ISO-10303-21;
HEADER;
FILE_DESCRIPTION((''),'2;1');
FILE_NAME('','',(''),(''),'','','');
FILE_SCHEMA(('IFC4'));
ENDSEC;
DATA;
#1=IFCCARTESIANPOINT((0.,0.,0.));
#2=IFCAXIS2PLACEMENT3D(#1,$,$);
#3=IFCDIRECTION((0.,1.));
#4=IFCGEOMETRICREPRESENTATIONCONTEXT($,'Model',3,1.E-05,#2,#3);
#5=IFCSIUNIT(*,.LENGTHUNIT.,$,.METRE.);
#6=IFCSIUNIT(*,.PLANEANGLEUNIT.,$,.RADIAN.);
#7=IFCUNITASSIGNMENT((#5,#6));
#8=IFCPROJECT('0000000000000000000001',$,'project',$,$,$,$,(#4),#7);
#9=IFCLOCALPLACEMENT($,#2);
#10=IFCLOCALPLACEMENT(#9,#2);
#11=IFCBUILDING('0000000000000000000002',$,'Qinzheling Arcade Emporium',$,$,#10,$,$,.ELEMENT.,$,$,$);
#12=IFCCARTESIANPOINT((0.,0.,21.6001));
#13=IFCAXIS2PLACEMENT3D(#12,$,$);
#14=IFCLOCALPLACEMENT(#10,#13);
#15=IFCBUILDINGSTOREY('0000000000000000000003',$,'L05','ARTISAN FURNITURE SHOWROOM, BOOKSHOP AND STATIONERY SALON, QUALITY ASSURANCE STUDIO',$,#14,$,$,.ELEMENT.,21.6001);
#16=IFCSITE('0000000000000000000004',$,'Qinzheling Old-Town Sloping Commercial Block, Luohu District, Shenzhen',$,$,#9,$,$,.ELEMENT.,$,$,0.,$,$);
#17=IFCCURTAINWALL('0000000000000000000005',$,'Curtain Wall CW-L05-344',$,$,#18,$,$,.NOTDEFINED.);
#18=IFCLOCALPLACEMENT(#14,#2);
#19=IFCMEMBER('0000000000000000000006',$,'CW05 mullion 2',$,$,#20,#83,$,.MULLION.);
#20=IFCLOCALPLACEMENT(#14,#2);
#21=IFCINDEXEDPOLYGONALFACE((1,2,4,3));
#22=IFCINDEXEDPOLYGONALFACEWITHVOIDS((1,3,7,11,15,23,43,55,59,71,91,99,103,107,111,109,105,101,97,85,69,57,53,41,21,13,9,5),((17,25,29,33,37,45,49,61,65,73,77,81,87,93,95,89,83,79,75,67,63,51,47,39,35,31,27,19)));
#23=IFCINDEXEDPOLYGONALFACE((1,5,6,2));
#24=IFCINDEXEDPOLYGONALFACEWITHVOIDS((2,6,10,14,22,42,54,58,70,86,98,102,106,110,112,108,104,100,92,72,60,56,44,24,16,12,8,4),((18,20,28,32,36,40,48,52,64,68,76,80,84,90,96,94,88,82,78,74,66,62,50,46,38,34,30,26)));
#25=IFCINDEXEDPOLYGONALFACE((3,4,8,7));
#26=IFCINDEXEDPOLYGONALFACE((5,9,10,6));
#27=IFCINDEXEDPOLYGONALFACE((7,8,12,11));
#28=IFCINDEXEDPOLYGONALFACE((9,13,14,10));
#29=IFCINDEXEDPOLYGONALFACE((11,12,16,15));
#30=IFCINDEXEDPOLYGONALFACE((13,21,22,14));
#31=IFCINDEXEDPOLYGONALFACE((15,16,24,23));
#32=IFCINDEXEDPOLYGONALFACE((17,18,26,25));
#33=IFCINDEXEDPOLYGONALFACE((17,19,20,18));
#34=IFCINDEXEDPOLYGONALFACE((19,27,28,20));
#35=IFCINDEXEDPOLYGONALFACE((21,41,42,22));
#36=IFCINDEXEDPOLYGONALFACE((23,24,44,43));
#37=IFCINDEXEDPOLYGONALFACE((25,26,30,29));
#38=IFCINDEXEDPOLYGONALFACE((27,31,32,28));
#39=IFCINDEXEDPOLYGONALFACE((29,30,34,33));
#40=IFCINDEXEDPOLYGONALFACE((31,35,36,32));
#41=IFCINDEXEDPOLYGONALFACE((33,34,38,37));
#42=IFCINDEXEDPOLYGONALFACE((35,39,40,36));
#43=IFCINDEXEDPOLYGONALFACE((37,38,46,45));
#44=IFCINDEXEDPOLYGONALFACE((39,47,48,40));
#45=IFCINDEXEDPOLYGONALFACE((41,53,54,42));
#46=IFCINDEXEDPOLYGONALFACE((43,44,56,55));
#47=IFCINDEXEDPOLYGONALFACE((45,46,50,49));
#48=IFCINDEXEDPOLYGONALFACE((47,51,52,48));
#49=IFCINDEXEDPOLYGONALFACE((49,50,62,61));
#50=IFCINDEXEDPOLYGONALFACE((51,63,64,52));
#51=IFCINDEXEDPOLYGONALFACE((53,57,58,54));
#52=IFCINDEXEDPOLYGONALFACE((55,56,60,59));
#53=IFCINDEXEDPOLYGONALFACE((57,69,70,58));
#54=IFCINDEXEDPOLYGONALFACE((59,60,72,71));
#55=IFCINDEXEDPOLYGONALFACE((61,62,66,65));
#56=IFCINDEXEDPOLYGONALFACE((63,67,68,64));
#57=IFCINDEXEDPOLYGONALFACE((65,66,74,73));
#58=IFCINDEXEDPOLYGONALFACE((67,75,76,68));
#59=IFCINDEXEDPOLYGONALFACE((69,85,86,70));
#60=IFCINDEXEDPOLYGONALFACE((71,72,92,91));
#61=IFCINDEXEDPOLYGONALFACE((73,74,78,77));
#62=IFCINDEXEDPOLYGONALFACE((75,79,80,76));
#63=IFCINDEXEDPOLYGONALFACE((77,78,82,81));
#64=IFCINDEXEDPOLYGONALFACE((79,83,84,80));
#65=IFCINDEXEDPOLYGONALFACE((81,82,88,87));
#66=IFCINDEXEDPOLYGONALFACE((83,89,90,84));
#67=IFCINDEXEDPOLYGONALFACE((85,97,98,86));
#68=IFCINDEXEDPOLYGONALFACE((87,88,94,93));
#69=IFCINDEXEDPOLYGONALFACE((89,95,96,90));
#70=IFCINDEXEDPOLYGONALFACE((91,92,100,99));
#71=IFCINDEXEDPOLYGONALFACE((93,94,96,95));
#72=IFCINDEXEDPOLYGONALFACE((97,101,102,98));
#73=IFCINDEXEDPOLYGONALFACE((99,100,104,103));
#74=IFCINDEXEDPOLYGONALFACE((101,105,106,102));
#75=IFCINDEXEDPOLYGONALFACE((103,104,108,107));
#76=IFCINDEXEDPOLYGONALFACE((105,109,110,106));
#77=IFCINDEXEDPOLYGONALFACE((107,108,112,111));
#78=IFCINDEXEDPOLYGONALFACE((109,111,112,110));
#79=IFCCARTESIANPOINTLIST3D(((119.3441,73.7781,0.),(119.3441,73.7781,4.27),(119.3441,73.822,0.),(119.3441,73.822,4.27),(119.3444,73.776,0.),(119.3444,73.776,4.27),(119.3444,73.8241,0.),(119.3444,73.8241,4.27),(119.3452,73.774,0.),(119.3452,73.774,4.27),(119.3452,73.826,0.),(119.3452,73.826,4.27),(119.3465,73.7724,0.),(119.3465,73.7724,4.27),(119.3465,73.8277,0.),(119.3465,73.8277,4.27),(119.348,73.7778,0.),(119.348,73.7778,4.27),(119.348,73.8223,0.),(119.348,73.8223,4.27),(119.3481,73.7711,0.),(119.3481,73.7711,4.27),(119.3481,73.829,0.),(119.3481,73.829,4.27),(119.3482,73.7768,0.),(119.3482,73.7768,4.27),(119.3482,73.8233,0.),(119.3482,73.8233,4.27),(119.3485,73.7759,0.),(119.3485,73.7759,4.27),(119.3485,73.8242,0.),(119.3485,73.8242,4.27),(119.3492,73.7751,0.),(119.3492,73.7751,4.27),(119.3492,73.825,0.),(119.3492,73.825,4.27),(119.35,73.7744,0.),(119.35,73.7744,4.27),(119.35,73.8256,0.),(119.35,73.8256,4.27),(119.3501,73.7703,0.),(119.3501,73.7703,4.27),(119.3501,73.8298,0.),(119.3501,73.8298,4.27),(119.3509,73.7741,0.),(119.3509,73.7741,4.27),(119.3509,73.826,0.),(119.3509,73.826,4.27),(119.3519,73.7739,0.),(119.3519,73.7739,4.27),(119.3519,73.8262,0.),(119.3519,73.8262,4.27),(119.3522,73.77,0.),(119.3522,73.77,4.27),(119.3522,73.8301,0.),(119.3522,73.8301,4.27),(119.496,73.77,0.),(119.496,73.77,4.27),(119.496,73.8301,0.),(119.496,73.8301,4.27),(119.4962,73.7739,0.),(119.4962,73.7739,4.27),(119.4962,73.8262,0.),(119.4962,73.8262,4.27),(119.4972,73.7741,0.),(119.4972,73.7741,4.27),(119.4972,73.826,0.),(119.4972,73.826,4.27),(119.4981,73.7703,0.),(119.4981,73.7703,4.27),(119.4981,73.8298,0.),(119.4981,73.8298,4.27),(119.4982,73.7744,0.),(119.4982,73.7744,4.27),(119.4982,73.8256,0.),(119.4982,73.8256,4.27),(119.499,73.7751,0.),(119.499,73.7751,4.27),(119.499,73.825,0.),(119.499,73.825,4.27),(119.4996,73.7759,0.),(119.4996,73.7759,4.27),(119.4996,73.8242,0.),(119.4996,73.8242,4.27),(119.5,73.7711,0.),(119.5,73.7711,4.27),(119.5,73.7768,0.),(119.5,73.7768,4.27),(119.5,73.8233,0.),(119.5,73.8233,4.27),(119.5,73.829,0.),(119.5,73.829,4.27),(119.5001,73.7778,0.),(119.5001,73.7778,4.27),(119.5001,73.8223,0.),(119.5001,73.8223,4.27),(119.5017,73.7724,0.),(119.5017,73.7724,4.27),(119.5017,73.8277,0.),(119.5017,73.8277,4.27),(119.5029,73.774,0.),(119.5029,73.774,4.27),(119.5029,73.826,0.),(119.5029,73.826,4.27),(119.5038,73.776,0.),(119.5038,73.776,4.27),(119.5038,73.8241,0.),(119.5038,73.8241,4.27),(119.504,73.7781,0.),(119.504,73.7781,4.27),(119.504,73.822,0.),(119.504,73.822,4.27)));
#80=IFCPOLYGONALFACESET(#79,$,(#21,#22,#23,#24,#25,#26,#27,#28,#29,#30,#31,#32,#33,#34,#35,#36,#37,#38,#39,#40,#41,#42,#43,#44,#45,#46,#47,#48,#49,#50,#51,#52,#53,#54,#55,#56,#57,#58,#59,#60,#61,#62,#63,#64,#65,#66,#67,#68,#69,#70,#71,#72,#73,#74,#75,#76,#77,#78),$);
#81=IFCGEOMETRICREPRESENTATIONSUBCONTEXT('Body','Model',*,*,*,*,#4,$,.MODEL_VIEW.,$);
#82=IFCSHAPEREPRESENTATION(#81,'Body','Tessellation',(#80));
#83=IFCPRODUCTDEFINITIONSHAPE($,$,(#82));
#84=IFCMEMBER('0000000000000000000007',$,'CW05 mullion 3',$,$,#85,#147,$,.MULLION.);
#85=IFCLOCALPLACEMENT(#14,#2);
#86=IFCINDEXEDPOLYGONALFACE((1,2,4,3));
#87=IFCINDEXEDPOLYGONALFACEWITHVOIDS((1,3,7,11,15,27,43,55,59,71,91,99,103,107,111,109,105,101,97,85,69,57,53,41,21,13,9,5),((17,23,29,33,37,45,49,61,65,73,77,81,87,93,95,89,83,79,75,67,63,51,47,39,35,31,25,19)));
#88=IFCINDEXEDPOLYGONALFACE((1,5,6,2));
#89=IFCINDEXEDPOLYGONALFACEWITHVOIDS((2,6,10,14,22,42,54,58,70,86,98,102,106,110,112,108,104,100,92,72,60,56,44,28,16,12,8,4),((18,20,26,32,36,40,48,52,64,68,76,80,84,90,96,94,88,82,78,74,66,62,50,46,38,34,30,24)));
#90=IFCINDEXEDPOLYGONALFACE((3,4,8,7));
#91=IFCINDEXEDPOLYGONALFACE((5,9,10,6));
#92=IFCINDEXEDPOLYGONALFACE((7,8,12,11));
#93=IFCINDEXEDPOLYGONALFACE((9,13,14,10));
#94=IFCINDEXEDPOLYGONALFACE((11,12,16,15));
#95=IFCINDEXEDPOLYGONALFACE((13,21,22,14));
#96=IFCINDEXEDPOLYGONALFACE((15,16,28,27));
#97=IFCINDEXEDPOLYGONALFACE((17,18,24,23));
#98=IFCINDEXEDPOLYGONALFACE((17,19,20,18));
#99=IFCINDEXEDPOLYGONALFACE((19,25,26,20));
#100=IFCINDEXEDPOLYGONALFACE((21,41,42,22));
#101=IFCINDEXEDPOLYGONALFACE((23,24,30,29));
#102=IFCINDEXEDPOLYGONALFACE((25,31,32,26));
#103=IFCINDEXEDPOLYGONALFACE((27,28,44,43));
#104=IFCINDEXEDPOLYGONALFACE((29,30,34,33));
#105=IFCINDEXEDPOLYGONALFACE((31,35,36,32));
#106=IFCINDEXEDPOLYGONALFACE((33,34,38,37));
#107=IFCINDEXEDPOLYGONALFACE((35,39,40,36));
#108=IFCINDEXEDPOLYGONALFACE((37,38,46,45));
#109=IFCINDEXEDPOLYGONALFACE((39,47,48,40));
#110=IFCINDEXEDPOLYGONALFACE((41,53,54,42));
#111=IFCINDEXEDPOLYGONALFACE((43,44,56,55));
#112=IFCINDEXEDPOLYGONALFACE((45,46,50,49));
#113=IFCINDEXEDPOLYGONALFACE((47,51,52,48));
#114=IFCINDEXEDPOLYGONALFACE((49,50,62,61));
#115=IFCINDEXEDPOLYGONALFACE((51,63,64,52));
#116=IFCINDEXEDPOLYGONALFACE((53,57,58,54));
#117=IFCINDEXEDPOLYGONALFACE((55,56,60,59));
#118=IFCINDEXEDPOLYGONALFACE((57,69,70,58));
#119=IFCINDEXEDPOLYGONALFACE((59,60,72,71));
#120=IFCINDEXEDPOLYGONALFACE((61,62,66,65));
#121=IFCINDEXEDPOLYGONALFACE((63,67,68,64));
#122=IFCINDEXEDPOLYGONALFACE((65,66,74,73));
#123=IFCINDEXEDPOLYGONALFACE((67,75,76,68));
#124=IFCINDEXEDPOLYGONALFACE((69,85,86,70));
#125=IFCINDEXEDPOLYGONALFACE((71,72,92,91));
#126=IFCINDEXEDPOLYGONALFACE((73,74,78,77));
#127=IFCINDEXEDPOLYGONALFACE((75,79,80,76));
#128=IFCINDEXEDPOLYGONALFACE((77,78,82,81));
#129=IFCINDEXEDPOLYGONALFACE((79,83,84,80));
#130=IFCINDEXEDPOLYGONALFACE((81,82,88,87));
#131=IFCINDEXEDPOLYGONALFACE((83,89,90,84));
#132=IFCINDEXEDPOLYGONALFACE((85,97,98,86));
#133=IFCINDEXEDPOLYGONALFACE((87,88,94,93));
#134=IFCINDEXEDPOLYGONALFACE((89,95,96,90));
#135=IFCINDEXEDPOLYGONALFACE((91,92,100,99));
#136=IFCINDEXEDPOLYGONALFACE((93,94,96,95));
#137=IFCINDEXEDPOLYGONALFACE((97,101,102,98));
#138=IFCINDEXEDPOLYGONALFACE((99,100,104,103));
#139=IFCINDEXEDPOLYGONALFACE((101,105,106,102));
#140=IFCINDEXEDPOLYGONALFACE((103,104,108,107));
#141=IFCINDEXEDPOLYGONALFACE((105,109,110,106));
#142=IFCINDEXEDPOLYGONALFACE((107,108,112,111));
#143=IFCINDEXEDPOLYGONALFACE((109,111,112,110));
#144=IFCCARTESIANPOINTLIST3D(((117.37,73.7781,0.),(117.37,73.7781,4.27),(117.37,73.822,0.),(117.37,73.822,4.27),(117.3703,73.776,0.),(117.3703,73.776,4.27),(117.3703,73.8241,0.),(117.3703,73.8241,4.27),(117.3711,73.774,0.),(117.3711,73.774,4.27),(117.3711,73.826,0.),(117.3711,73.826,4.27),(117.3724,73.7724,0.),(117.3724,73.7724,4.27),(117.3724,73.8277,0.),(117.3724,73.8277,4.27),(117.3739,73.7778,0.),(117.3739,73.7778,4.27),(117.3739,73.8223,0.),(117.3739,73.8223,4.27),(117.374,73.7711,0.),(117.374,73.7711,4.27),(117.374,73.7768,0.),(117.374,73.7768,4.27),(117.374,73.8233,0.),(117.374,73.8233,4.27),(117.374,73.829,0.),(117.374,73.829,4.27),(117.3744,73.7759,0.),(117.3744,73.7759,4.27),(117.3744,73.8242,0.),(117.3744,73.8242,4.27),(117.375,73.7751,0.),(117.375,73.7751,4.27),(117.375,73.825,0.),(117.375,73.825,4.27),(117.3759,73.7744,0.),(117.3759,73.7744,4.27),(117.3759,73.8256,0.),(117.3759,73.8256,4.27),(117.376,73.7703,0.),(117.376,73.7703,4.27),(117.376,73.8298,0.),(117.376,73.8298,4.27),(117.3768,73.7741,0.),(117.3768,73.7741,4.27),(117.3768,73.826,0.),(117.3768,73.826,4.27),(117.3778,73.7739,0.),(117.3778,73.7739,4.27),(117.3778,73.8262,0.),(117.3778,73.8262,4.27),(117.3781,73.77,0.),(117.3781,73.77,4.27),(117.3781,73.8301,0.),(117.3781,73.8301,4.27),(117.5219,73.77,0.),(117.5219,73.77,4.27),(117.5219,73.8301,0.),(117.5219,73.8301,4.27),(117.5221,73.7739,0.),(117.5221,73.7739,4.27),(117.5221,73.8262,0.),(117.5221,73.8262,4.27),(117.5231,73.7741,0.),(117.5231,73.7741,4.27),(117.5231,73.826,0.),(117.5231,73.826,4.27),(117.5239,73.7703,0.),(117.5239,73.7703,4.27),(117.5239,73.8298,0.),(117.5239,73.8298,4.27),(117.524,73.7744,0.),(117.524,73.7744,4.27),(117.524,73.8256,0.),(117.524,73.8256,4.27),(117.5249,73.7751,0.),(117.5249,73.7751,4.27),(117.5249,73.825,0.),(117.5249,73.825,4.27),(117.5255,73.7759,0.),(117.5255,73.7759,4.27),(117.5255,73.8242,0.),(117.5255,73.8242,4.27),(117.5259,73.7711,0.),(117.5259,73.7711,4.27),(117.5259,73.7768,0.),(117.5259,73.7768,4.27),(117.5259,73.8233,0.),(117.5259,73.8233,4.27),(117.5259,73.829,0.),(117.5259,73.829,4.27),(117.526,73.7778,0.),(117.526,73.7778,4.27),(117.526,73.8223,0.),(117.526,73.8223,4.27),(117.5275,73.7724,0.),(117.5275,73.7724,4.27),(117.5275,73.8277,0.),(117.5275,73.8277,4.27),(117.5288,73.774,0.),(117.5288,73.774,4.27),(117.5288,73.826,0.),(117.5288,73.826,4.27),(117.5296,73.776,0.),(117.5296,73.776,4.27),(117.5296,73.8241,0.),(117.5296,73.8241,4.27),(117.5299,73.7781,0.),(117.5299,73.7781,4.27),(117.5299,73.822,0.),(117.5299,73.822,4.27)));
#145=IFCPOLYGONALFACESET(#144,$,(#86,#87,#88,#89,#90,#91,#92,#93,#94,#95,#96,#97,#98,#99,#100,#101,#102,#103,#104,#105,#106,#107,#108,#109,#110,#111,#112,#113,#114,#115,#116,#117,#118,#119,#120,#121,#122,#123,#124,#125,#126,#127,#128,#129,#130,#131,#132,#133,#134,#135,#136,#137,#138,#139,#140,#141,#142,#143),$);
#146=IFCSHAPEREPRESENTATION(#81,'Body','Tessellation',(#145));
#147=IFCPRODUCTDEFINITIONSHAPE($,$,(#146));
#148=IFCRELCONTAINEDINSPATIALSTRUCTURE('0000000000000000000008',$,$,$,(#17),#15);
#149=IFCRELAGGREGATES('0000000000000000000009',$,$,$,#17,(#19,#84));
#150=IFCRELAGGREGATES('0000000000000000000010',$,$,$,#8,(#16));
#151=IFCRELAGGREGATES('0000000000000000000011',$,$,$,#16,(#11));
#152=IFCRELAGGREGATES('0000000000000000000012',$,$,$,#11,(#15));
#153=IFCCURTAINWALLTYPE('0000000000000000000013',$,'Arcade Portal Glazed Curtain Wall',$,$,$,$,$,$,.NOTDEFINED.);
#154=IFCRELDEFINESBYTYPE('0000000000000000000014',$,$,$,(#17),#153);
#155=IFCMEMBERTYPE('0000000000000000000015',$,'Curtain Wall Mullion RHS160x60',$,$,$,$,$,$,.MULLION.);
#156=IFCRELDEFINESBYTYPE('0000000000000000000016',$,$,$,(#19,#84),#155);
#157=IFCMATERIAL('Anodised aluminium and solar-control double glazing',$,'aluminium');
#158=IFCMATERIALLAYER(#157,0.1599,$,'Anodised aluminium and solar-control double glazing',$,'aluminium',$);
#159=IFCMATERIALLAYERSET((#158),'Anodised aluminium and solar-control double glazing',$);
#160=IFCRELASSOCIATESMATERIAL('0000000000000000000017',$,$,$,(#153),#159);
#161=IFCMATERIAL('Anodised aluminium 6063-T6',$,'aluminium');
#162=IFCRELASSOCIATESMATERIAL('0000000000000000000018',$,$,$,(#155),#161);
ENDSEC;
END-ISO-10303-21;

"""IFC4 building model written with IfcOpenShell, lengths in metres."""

from ifc_helpers import new_model, si_unit, direction, frame, origin, origin_2d, place, context, subcontext, project, spatial, hollow_rectangle, extrude, material, layer, layer_set, material_profile, profile_set, type_object, element, aggregate, save


model = new_model("IFC4")

# Units and contexts
model_context = context("Model", 3, precision=1e-05, world=origin(), true_north=direction((0.0, 1.0)))
body_context = subcontext(model_context, "Body", "Model", "MODEL_VIEW")
ifc_project = project(units=[si_unit("LENGTHUNIT", "METRE"), si_unit("PLANEANGLEUNIT", "RADIAN")], contexts=[model_context])

# Site, building, storey
site_placement = place(None, origin())
site = spatial("IfcSite", under=ifc_project, at=site_placement, Name="Qinzheling Old-Town Sloping Commercial Block, Luohu District, Shenzhen", CompositionType="ELEMENT", RefElevation=0.0)
building_placement = place(site_placement, origin())
building = spatial("IfcBuilding", under=site, at=building_placement, Name="Qinzheling Arcade Emporium", CompositionType="ELEMENT")
storey_placement = place(building_placement, frame((0.0, 0.0, 21.6001)))
storey = spatial("IfcBuildingStorey", under=building, at=storey_placement, Name="L05", Description="ARTISAN FURNITURE SHOWROOM, BOOKSHOP AND STATIONERY SALON, QUALITY ASSURANCE STUDIO", CompositionType="ELEMENT", Elevation=21.6001)

# Curtain wall, members
ifc_material_1 = material(Name="Anodised aluminium and solar-control double glazing", Category="aluminium")
ifc_layer_1 = layer(ifc_material_1, 0.1599, Name="Anodised aluminium and solar-control double glazing", Category="aluminium")
ifc_layer_set_1 = layer_set([ifc_layer_1], Name="Anodised aluminium and solar-control double glazing")
curtain_wall_type = type_object("IfcCurtainWallType", Name="Arcade Portal Glazed Curtain Wall", PredefinedType="NOTDEFINED", material=ifc_layer_set_1)
curtain_wall_placement = place(storey_placement, origin())
curtain_wall = element("IfcCurtainWall", 1, at=curtain_wall_placement, inside=storey, type_object=curtain_wall_type, Name="Curtain Wall CW-L05-344", PredefinedType="NOTDEFINED")
ifc_material_2 = material(Name="Anodised aluminium 6063-T6", Category="aluminium")
ifc_material_profile_1 = material_profile(ifc_material_2, hollow_rectangle(XDim=0.0601, YDim=0.1599, WallThickness=0.0039, InnerFilletRadius=0.0039, OuterFilletRadius=0.0081, at=origin_2d()), Name="RHS 160x60x4", Category="aluminium")
ifc_profile_set_1 = profile_set([ifc_material_profile_1], Name="Anodised aluminium 6063-T6")
member_type_1 = type_object("IfcMemberType", Name="Curtain Wall Mullion RHS160x60", PredefinedType="MULLION", material=ifc_profile_set_1)
member_1_placement = place(storey_placement, frame((119.4241, 73.8, 0.0), z_axis=(0.0, 0.0, 1.0), x_axis=(0.0, -1.0, 0.0)))
member_1 = element("IfcMember", 2, at=member_1_placement, type_object=member_type_1, Name="CW05 mullion 2", PredefinedType="MULLION", context=body_context, shape_type="SweptSolid", body=[
    extrude(hollow_rectangle(XDim=0.0601, YDim=0.1599, WallThickness=0.0039, InnerFilletRadius=0.0039, OuterFilletRadius=0.0081, at=origin_2d()), origin(), (0.0, 0.0, 1.0), 4.27),
])
member_2_placement = place(storey_placement, frame((117.45, 73.8, 0.0), z_axis=(0.0, 0.0, 1.0), x_axis=(0.0, -1.0, 0.0)))
member_2 = element("IfcMember", 3, at=member_2_placement, type_object=member_type_1, Name="CW05 mullion 3", PredefinedType="MULLION", context=body_context, shape_type="SweptSolid", body=[
    extrude(hollow_rectangle(XDim=0.0601, YDim=0.1599, WallThickness=0.0039, InnerFilletRadius=0.0039, OuterFilletRadius=0.0081, at=origin_2d()), origin(), (0.0, 0.0, 1.0), 4.27),
])

aggregate(curtain_wall, [member_1, member_2])

save(model, "model.ifc")
